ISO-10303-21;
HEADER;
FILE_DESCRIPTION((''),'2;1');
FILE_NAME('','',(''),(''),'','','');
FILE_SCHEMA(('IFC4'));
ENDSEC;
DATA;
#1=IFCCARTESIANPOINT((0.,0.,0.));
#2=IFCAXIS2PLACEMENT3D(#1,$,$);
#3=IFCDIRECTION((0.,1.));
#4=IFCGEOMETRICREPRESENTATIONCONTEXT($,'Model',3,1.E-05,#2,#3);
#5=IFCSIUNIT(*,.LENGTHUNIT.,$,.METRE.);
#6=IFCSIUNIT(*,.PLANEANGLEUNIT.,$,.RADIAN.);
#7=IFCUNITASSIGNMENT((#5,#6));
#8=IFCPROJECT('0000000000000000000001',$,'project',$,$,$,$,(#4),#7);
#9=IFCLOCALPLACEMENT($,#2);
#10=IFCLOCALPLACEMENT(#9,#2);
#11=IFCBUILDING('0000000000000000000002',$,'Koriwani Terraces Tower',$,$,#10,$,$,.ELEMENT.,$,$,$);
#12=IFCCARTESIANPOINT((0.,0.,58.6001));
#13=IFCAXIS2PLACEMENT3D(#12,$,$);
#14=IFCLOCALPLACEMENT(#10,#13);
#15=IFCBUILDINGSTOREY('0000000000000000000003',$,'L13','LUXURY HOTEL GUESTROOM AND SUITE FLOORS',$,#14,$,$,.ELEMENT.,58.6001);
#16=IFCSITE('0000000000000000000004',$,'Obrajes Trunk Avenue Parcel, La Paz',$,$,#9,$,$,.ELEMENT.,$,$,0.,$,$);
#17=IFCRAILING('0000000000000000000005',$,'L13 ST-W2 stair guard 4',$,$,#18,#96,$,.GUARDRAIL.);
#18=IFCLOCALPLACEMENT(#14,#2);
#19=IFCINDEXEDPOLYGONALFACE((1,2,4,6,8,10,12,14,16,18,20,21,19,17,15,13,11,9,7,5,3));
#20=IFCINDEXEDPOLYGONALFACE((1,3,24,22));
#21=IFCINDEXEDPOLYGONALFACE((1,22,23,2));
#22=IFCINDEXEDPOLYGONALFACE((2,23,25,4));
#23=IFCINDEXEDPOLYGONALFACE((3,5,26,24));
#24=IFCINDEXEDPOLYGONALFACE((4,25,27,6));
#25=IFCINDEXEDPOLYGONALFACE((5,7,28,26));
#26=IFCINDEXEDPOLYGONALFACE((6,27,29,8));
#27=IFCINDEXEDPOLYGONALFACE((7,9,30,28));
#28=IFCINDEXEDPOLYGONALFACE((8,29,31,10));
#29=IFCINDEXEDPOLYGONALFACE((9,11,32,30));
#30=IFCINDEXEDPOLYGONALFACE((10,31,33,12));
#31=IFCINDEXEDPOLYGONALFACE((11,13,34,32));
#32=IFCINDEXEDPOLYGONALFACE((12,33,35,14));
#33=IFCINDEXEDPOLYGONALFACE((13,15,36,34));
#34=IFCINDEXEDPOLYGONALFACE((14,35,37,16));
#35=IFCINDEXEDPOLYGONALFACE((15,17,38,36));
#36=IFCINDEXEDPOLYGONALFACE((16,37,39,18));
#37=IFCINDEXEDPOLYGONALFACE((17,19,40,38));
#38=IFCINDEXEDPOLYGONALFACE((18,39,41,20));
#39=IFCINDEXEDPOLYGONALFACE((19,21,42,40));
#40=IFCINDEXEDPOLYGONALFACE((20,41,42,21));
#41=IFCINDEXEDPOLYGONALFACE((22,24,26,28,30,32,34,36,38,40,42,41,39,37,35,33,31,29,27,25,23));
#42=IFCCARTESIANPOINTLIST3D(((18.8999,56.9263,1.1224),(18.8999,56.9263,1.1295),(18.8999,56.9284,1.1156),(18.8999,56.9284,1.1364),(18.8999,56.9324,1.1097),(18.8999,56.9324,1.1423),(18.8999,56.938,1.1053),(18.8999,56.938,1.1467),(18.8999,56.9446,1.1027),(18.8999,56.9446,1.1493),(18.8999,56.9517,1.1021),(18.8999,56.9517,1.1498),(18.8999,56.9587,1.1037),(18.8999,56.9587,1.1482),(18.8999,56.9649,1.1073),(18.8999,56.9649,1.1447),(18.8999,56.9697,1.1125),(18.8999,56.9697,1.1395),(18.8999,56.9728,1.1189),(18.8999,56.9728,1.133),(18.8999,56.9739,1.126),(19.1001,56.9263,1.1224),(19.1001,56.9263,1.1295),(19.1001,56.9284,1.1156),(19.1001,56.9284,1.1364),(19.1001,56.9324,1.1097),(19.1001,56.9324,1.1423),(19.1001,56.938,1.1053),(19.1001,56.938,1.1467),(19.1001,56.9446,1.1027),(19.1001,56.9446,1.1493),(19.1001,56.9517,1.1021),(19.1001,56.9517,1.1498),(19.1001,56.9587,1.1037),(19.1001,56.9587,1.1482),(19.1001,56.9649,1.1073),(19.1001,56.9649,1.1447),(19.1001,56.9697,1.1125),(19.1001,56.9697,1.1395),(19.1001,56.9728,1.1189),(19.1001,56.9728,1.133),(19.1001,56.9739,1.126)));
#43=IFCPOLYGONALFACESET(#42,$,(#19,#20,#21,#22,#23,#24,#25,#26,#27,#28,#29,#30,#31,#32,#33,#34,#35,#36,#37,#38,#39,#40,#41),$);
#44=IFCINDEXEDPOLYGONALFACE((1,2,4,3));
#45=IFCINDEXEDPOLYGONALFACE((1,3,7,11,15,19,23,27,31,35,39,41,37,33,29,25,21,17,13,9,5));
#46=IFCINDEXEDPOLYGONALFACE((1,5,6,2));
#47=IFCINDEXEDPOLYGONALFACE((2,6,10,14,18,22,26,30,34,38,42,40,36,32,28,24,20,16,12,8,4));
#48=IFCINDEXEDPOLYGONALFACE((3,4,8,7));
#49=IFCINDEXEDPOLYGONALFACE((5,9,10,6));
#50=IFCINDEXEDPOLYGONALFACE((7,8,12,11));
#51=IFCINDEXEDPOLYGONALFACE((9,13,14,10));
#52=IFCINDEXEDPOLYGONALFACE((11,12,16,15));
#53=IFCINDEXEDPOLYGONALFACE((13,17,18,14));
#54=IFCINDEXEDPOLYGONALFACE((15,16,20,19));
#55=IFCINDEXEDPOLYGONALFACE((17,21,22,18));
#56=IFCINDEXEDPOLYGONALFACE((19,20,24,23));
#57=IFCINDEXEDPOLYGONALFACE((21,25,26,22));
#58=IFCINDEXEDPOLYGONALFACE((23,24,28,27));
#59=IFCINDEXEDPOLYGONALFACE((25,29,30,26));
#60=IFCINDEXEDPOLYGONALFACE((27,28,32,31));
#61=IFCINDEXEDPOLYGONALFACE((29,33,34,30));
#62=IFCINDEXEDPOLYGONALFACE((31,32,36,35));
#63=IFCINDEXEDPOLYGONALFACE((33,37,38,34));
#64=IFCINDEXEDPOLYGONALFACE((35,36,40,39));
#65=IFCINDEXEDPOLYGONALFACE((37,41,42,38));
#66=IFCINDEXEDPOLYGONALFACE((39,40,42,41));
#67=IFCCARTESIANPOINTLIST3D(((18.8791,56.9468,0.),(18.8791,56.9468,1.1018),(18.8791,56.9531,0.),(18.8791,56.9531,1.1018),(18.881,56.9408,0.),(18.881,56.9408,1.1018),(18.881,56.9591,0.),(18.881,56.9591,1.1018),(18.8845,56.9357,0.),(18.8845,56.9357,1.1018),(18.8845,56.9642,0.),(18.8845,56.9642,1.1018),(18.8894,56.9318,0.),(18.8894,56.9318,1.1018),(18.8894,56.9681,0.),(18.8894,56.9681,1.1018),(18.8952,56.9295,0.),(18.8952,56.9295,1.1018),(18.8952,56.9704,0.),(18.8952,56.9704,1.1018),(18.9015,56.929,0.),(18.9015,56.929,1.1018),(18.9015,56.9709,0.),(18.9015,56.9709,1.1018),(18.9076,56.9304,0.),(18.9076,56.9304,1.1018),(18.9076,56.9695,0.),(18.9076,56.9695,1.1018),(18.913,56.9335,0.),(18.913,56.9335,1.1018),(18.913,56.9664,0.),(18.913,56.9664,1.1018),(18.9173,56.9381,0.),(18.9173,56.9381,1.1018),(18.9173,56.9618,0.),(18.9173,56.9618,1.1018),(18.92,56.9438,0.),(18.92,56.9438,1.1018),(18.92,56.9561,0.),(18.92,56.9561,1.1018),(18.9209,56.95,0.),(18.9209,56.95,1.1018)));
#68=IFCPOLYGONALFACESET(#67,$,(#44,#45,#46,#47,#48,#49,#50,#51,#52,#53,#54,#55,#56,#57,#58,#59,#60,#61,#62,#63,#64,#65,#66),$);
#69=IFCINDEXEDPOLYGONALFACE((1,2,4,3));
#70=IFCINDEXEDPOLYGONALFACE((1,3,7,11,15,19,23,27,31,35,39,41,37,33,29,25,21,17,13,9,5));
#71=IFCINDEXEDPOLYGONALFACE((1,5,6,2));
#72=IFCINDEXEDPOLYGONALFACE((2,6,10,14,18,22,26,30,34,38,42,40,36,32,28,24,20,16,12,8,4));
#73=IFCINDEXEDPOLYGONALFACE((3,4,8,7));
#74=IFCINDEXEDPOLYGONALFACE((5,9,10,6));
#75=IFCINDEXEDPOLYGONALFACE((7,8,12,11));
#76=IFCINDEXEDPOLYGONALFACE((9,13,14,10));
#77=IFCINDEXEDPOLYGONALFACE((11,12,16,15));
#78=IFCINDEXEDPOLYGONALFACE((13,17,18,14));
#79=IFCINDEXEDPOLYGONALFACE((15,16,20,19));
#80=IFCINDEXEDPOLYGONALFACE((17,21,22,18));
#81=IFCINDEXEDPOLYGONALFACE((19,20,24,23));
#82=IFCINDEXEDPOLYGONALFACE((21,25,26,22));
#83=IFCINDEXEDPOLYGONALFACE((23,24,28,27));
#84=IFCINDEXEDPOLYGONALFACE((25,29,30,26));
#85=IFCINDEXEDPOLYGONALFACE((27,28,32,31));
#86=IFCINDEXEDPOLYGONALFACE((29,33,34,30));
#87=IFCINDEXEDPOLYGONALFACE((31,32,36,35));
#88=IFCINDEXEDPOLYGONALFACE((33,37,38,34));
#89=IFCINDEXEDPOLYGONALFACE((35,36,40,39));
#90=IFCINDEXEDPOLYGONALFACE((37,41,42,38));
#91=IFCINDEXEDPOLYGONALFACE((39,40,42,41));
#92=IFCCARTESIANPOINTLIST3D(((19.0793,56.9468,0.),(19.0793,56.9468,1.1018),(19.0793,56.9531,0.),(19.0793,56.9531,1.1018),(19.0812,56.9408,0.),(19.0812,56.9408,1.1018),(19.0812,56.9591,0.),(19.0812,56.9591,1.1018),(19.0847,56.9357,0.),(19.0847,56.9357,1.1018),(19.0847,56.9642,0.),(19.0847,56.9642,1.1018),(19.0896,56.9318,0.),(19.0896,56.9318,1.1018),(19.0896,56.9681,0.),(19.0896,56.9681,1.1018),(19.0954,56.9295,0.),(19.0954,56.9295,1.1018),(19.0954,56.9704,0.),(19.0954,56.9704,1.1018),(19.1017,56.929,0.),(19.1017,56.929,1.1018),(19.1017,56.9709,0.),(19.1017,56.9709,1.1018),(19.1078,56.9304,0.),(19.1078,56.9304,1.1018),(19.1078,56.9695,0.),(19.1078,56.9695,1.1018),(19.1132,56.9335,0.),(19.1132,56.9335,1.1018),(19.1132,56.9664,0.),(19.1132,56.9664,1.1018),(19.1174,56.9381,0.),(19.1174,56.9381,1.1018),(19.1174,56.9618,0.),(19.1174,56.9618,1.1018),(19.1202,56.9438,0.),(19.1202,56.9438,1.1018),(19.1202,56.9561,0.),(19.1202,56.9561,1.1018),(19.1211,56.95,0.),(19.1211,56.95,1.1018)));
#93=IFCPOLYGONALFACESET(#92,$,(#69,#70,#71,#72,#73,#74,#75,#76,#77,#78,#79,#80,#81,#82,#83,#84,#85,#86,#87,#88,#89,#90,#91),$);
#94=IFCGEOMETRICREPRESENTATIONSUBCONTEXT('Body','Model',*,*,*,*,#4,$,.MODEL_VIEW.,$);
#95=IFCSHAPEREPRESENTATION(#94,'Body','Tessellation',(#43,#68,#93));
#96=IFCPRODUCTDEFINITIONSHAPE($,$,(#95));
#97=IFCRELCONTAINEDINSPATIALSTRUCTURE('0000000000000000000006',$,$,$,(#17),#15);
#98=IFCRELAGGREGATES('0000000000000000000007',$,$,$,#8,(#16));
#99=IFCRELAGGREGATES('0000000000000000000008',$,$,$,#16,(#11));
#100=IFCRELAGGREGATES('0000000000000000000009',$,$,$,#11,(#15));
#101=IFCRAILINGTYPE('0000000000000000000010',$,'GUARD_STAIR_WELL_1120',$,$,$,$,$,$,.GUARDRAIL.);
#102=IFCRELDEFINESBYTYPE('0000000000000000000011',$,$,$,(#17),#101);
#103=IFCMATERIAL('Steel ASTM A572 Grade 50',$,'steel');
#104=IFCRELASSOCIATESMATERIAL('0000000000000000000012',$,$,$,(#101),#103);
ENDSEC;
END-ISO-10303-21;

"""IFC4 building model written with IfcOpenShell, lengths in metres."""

from ifc_helpers import new_model, si_unit, direction, frame, origin, origin_2d, place, context, subcontext, project, spatial, circle, extrude, material, type_object, element, save


model = new_model("IFC4")

# Units and contexts
model_context = context("Model", 3, precision=1e-05, world=origin(), true_north=direction((0.0, 1.0)))
body_context = subcontext(model_context, "Body", "Model", "MODEL_VIEW")
ifc_project = project(units=[si_unit("LENGTHUNIT", "METRE"), si_unit("PLANEANGLEUNIT", "RADIAN")], contexts=[model_context])

# Site, building, storey
site_placement = place(None, origin())
site = spatial("IfcSite", under=ifc_project, at=site_placement, Name="Obrajes Trunk Avenue Parcel, La Paz", CompositionType="ELEMENT", RefElevation=0.0)
building_placement = place(site_placement, origin())
building = spatial("IfcBuilding", under=site, at=building_placement, Name="Koriwani Terraces Tower", CompositionType="ELEMENT")
storey_placement = place(building_placement, frame((0.0, 0.0, 58.6001)))
storey = spatial("IfcBuildingStorey", under=building, at=storey_placement, Name="L13", Description="LUXURY HOTEL GUESTROOM AND SUITE FLOORS", CompositionType="ELEMENT", Elevation=58.6001)

# Shared definitions
ifc_material_1 = material(Name="Steel ASTM A572 Grade 50", Category="steel")

# Railing
railing_type_1 = type_object("IfcRailingType", Name="GUARD_STAIR_WELL_1120", PredefinedType="GUARDRAIL", material=ifc_material_1)
railing_1_placement = place(storey_placement, frame((18.8999, 56.95, 0.0)))
element("IfcRailing", 1, at=railing_1_placement, inside=storey, type_object=railing_type_1, Name="L13 ST-W2 stair guard 4", PredefinedType="GUARDRAIL", context=body_context, shape_type="SweptSolid", body=[
    extrude(circle(Radius=0.0239, at=origin_2d()), frame((0.0, 0.0, 1.126), z_axis=(1.0, 0.0, 0.0), x_axis=(0.0, 1.0, 0.0)), (0.0, 0.0, 1.0), 0.2002),
    extrude(circle(Radius=0.021, at=origin_2d()), origin(), (0.0, 0.0, 1.0), 1.1018),
    extrude(circle(Radius=0.021, at=origin_2d()), frame((0.2002, 0.0, 0.0)), (0.0, 0.0, 1.0), 1.1018),
])

save(model, "model.ifc")
